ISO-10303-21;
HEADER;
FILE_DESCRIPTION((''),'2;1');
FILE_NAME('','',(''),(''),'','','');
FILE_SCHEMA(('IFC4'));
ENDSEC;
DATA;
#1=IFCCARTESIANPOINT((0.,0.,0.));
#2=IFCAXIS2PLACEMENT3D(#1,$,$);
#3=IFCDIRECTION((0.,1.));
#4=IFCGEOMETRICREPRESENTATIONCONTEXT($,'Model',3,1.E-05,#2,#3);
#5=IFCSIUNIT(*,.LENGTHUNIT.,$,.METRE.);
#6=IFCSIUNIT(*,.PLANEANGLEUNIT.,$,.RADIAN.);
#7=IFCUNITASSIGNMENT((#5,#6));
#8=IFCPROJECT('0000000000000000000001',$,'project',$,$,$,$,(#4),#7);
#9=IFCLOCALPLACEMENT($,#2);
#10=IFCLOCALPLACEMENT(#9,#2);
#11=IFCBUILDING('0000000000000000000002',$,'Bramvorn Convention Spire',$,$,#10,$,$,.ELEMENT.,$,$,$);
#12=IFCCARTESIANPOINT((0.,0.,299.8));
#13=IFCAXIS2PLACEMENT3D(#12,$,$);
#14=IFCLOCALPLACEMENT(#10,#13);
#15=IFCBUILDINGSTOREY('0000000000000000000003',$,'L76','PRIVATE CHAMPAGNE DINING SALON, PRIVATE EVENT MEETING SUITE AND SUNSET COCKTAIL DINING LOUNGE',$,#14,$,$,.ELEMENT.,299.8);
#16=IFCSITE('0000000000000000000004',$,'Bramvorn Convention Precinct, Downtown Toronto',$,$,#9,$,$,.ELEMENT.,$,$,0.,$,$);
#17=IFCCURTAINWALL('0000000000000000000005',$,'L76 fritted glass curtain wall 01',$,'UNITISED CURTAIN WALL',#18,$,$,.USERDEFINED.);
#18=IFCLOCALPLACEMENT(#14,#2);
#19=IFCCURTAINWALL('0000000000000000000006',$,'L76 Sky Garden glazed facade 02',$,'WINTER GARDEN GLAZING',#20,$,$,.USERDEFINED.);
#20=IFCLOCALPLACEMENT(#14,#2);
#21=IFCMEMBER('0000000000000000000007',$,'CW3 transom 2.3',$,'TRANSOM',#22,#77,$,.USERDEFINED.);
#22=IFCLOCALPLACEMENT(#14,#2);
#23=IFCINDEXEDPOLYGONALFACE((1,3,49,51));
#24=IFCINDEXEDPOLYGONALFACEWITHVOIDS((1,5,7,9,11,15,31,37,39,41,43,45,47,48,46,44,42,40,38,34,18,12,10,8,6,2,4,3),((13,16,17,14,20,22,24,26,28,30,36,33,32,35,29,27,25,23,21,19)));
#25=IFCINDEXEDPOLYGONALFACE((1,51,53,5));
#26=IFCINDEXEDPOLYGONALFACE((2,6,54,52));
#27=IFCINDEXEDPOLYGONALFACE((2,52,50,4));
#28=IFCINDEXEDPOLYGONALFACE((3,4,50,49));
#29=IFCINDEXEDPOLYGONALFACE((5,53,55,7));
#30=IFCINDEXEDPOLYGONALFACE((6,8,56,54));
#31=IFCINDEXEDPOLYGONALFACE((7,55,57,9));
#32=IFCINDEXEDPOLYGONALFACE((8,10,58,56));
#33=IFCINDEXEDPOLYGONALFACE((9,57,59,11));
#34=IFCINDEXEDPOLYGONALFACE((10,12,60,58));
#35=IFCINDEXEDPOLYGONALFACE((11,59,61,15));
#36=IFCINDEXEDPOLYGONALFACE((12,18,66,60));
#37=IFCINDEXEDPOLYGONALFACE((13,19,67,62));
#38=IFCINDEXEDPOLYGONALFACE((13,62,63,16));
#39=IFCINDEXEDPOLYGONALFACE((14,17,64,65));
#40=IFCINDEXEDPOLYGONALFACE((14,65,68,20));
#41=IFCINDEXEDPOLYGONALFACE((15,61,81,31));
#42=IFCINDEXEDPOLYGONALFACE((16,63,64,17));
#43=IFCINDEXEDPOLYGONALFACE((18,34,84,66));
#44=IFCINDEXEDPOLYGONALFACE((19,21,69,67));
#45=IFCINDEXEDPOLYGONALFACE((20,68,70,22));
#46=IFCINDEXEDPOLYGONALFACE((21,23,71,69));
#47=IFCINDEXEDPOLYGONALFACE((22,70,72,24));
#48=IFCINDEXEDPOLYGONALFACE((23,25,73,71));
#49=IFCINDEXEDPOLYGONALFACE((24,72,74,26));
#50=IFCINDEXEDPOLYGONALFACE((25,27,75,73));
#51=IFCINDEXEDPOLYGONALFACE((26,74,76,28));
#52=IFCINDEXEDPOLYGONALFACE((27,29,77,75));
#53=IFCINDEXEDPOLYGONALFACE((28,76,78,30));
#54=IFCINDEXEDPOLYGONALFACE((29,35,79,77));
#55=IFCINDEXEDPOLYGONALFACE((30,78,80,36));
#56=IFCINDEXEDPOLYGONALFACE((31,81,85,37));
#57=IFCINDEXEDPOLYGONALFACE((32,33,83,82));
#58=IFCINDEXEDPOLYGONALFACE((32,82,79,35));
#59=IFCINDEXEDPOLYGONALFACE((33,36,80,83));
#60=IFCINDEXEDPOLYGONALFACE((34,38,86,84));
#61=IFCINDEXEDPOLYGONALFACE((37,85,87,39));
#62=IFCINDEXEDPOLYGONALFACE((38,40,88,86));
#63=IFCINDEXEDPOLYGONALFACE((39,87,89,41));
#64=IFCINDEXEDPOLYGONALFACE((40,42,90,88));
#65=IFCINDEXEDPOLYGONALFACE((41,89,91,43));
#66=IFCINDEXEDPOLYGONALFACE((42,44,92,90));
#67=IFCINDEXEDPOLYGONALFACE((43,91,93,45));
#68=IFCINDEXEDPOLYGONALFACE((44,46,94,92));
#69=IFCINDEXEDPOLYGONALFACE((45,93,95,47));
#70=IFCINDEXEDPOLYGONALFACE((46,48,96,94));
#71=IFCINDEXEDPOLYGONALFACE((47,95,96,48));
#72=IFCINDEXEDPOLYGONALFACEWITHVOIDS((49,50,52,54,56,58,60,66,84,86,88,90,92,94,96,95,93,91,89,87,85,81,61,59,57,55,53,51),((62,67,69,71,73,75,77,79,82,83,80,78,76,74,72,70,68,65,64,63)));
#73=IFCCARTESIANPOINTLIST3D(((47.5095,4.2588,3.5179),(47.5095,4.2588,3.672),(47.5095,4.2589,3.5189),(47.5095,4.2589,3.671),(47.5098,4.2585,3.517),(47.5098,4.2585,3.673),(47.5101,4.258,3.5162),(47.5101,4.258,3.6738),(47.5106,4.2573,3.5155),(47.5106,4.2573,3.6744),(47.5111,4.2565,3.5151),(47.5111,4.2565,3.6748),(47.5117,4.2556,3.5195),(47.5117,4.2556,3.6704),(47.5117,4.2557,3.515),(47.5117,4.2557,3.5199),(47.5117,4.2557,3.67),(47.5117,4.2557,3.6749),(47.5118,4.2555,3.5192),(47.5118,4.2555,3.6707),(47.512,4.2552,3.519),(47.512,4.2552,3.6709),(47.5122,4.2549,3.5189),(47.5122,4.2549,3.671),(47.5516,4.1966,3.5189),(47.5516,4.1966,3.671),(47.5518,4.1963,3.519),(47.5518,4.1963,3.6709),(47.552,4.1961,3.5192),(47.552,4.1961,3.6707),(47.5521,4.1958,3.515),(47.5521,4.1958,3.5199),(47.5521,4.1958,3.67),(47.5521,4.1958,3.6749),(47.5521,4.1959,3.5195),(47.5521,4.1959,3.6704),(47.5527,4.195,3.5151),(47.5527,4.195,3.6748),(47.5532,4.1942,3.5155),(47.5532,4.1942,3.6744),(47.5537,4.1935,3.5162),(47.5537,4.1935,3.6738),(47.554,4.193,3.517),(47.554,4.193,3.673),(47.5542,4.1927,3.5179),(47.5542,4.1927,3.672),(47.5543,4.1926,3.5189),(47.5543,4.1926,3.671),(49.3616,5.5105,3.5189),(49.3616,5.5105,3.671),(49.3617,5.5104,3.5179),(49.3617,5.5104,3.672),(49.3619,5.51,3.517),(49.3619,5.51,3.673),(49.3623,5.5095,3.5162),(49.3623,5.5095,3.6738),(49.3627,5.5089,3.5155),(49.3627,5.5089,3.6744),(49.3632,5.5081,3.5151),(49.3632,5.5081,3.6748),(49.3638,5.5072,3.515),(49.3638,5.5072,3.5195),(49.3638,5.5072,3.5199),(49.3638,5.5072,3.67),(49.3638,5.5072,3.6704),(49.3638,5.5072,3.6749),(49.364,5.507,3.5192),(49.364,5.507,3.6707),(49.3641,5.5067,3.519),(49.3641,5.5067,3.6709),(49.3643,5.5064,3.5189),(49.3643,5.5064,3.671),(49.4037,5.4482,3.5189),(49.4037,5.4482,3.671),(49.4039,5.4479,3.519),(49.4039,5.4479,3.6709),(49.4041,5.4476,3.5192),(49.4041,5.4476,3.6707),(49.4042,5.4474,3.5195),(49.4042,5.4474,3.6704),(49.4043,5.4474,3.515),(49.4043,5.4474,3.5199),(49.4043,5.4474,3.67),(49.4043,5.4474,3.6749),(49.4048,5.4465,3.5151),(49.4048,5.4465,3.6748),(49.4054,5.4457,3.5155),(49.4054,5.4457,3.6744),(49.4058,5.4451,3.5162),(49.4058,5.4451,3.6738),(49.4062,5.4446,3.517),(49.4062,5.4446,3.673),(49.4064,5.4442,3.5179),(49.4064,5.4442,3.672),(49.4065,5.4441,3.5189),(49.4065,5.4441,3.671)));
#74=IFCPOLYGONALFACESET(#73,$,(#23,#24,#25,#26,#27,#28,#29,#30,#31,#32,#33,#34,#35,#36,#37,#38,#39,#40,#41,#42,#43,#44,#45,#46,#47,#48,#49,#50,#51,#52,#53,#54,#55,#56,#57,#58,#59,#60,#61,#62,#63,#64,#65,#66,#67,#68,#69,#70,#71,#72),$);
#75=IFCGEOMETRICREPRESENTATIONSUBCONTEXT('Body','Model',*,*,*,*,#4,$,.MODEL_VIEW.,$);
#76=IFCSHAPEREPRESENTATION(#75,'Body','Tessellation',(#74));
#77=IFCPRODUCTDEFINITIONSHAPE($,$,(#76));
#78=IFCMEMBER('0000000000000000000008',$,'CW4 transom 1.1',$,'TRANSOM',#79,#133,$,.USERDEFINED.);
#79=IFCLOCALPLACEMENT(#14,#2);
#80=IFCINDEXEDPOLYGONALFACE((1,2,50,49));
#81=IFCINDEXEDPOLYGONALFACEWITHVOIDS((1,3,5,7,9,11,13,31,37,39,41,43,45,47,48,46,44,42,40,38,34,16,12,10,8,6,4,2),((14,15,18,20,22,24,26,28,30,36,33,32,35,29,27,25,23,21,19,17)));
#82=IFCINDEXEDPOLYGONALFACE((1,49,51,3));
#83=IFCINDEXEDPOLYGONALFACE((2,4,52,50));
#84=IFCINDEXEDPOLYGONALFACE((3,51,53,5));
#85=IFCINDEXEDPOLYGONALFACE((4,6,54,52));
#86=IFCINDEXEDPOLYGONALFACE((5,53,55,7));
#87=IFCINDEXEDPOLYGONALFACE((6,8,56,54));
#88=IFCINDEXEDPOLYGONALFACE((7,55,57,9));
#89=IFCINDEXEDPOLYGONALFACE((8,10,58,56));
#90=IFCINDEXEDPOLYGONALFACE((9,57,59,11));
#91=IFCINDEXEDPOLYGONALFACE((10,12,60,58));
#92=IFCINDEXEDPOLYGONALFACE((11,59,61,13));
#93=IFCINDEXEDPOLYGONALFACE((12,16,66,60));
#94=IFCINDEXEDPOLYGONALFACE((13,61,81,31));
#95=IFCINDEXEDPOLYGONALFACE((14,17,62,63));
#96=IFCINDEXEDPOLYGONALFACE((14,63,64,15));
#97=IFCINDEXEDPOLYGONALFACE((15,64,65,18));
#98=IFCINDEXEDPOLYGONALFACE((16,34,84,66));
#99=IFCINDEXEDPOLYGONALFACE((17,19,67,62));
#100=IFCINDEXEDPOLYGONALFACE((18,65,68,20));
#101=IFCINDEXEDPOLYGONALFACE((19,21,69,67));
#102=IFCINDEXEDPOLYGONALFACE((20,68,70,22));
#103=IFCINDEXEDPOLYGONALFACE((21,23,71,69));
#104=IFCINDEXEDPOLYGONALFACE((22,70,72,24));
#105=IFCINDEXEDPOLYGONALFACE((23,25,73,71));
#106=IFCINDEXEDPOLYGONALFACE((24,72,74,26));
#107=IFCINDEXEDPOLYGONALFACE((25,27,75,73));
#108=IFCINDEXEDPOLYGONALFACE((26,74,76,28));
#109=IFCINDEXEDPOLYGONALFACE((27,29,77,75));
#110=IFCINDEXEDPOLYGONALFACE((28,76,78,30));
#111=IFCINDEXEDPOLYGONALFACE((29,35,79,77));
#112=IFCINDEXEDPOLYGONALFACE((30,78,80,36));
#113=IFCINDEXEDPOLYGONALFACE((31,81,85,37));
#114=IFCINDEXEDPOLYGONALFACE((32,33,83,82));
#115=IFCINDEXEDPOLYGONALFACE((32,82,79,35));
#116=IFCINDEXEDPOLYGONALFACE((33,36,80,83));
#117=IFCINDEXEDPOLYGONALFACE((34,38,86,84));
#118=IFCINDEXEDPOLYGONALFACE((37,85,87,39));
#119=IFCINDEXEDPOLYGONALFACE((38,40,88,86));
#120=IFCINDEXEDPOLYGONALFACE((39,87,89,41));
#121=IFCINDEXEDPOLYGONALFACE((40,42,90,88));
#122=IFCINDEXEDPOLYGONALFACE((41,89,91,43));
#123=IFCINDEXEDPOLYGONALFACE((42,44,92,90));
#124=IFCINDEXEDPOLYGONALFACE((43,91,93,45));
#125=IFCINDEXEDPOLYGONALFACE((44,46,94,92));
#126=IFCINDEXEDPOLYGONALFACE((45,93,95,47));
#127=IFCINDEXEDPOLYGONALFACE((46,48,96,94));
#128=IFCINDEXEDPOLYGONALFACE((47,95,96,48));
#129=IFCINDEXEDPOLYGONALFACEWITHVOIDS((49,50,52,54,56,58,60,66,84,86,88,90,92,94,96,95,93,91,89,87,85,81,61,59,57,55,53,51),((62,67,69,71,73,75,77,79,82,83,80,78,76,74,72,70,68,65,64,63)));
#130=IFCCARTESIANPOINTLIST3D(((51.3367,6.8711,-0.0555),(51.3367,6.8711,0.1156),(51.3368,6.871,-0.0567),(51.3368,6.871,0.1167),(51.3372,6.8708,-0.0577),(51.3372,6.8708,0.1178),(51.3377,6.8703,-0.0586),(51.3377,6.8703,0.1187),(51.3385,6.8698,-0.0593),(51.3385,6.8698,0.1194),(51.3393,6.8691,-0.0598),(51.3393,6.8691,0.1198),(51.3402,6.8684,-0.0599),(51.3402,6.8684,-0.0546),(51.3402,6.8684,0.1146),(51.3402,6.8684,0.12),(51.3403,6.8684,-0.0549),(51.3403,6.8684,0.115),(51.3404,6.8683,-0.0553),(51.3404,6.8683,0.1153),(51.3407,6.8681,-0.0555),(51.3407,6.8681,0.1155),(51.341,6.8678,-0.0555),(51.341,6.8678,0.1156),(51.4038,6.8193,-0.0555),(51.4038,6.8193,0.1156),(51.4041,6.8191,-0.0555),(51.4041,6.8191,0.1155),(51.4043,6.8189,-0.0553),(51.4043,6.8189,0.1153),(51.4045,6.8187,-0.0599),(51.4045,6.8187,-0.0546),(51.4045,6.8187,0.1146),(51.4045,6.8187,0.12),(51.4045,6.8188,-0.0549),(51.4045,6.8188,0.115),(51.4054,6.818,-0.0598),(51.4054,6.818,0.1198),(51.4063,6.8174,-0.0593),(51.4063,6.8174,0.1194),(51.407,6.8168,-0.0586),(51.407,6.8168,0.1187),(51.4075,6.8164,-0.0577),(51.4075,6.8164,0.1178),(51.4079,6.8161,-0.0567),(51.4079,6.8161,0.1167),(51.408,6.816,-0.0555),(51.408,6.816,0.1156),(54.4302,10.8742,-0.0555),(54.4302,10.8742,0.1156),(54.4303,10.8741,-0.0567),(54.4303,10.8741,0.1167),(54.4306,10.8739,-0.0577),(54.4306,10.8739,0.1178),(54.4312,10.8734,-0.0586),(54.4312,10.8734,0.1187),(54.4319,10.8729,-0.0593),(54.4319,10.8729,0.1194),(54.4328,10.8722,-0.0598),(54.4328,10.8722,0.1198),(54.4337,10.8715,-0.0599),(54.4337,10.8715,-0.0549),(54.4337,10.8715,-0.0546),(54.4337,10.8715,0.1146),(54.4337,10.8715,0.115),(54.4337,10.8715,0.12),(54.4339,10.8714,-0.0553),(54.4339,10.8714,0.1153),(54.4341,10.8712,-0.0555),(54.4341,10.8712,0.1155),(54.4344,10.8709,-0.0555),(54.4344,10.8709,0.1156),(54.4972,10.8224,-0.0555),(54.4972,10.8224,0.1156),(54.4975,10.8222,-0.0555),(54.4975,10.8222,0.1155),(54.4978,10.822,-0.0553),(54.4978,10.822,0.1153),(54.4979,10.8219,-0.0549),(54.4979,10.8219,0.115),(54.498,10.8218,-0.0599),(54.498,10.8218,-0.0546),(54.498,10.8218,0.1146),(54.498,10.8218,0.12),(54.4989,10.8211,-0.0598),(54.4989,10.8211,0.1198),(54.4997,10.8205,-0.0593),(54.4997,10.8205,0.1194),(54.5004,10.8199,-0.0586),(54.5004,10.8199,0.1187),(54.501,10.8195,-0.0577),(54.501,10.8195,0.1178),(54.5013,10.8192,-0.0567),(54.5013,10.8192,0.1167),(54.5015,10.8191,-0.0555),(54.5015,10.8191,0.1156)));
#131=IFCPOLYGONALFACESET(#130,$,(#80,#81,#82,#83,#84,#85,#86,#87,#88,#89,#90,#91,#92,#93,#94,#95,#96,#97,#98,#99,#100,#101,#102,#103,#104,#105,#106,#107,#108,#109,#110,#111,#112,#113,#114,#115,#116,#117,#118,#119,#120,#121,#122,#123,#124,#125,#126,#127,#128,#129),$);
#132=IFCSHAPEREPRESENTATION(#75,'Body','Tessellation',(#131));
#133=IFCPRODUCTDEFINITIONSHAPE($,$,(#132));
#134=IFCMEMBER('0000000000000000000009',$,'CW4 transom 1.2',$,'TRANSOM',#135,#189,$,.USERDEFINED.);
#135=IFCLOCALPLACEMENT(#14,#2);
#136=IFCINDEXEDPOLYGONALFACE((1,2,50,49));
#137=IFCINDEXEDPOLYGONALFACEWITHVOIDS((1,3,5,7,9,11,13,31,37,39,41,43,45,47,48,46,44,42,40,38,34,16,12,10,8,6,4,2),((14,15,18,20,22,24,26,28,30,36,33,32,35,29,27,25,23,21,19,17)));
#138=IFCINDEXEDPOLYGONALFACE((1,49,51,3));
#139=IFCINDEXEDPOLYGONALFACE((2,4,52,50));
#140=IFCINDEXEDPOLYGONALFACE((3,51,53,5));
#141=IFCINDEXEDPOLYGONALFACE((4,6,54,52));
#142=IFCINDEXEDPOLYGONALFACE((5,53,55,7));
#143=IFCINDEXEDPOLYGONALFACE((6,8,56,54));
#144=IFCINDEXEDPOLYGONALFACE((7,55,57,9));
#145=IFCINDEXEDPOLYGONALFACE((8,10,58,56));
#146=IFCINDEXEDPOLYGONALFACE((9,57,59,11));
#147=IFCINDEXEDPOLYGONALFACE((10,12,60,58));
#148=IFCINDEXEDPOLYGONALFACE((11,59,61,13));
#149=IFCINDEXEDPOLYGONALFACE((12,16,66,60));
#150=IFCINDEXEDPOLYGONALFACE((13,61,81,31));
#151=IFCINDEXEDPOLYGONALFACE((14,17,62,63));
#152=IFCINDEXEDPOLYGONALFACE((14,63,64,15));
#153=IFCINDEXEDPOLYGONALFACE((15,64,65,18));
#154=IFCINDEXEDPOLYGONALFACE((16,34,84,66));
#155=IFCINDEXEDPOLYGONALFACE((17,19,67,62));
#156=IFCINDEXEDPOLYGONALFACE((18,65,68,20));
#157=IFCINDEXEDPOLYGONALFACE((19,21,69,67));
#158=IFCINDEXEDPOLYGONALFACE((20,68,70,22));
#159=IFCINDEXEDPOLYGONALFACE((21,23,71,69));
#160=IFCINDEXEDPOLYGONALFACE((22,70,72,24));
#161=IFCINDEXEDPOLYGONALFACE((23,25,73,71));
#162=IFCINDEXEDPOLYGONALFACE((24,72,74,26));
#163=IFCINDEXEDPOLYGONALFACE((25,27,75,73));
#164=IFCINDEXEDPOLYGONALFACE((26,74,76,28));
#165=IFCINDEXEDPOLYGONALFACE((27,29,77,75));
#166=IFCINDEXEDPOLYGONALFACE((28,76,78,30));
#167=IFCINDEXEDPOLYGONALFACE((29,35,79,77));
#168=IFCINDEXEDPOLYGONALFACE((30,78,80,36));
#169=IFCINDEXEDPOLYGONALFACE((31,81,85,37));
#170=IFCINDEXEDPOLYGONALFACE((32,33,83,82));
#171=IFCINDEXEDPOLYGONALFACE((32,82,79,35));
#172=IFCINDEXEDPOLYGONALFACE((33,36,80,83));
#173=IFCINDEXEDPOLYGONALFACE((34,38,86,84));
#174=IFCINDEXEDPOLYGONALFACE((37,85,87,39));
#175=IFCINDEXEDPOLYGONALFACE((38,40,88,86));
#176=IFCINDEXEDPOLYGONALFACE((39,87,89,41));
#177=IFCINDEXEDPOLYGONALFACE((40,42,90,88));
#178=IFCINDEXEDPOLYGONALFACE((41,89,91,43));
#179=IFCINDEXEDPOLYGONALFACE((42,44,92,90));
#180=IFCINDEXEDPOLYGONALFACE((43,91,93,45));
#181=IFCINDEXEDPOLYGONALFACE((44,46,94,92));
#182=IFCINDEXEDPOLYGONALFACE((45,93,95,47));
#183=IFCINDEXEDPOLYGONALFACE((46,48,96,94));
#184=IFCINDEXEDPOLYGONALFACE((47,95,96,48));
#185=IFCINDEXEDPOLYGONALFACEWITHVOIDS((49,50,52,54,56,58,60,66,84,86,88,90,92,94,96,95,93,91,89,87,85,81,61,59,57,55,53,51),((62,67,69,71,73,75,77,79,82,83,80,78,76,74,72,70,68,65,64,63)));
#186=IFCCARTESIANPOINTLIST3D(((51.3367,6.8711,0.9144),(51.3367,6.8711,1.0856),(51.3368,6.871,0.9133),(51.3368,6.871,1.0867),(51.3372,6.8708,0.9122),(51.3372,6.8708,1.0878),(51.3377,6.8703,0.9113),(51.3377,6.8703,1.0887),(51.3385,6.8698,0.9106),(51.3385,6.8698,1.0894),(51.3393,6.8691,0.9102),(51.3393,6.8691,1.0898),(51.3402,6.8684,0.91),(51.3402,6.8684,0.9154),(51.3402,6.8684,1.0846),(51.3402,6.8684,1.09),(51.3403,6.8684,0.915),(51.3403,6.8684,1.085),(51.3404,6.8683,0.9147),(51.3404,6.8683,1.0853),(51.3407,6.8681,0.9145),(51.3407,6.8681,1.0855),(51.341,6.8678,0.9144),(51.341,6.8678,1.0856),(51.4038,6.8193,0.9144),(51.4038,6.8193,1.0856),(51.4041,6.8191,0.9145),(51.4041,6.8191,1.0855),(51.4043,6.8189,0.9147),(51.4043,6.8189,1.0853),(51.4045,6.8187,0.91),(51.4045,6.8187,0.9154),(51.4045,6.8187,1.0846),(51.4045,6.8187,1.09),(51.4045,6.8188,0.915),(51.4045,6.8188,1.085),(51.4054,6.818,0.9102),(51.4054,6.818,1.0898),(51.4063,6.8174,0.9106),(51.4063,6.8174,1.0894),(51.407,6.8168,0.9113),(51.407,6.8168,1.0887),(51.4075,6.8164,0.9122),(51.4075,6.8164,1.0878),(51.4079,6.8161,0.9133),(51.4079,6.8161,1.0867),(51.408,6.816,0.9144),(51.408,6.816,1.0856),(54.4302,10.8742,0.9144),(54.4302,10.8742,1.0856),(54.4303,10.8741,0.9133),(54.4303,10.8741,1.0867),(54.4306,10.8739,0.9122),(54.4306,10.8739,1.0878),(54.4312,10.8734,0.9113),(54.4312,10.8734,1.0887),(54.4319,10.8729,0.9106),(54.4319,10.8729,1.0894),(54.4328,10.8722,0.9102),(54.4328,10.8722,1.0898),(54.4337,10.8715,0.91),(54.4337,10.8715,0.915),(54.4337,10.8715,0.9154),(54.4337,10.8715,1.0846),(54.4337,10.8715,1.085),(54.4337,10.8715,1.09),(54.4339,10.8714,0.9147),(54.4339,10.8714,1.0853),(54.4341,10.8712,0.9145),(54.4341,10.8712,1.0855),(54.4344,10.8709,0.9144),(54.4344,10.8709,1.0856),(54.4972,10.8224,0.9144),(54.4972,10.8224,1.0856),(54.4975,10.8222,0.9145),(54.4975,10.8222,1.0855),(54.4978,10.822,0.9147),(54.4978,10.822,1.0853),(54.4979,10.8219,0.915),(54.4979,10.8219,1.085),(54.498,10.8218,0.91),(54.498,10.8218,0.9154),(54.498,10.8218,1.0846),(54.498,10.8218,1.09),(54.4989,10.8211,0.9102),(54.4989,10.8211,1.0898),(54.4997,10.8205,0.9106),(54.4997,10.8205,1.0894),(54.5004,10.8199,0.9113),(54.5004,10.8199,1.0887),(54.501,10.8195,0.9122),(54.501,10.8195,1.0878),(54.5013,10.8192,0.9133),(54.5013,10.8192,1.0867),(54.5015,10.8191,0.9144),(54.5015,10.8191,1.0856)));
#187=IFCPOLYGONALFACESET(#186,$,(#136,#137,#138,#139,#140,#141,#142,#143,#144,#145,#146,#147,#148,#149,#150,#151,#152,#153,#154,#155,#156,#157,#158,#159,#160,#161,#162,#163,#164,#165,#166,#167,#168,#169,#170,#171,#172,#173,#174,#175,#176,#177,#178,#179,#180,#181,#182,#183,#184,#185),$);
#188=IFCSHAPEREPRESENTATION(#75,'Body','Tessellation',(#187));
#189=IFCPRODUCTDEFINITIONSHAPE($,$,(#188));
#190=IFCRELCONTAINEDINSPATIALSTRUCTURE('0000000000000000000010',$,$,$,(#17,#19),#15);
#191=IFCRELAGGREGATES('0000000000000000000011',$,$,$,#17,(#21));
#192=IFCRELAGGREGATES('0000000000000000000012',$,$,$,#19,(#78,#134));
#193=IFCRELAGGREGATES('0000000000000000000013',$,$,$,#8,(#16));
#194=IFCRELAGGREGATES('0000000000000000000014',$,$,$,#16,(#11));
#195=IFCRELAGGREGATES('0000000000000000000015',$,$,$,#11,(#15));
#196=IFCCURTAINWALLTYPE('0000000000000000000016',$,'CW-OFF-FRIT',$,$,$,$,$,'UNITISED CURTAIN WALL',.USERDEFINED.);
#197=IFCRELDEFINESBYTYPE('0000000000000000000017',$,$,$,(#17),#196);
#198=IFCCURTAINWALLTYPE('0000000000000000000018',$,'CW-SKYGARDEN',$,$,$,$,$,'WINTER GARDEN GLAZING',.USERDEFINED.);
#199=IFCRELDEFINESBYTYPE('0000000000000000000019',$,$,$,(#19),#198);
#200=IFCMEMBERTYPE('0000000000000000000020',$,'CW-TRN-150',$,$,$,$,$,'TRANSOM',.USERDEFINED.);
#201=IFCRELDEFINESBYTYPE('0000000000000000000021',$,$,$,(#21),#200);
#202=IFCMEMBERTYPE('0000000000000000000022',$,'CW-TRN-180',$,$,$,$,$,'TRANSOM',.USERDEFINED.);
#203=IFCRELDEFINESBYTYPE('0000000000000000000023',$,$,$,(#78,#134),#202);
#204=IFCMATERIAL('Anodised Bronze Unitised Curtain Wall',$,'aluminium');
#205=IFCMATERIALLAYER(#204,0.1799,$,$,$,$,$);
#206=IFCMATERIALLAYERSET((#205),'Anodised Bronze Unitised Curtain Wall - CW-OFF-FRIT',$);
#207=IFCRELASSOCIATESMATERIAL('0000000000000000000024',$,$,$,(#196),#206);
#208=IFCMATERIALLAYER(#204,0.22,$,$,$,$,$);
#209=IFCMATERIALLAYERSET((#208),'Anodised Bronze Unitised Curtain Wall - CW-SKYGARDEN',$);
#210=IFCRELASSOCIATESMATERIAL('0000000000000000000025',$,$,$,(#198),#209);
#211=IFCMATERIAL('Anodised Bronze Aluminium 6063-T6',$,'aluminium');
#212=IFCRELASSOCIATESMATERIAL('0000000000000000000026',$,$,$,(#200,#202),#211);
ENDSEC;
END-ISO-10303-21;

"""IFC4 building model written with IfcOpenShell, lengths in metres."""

from ifc_helpers import new_model, si_unit, direction, frame, origin, origin_2d, place, context, subcontext, project, spatial, hollow_rectangle, extrude, material, layer, layer_set, material_profile, profile_set, type_object, element, aggregate, save


model = new_model("IFC4")

# Units and contexts
model_context = context("Model", 3, precision=1e-05, world=origin(), true_north=direction((0.0, 1.0)))
body_context = subcontext(model_context, "Body", "Model", "MODEL_VIEW")
ifc_project = project(units=[si_unit("LENGTHUNIT", "METRE"), si_unit("PLANEANGLEUNIT", "RADIAN")], contexts=[model_context])

# Site, building, storey
site_placement = place(None, origin())
site = spatial("IfcSite", under=ifc_project, at=site_placement, Name="Bramvorn Convention Precinct, Downtown Toronto", CompositionType="ELEMENT", RefElevation=0.0)
building_placement = place(site_placement, origin())
building = spatial("IfcBuilding", under=site, at=building_placement, Name="Bramvorn Convention Spire", CompositionType="ELEMENT")
storey_placement = place(building_placement, frame((0.0, 0.0, 299.8)))
storey = spatial("IfcBuildingStorey", under=building, at=storey_placement, Name="L76", Description="PRIVATE CHAMPAGNE DINING SALON, PRIVATE EVENT MEETING SUITE AND SUNSET COCKTAIL DINING LOUNGE", CompositionType="ELEMENT", Elevation=299.8)

# Curtain walls
ifc_material_1 = material(Name="Anodised Bronze Unitised Curtain Wall", Category="aluminium")
ifc_layer_1 = layer(ifc_material_1, 0.1799)
ifc_layer_set_1 = layer_set([ifc_layer_1], Name="Anodised Bronze Unitised Curtain Wall - CW-OFF-FRIT")
curtain_wall_type_1 = type_object("IfcCurtainWallType", Name="CW-OFF-FRIT", ElementType="UNITISED CURTAIN WALL", PredefinedType="USERDEFINED", material=ifc_layer_set_1)
curtain_wall_1_placement = place(storey_placement, origin())
curtain_wall_1 = element("IfcCurtainWall", 1, at=curtain_wall_1_placement, inside=storey, type_object=curtain_wall_type_1, Name="L76 fritted glass curtain wall 01", ObjectType="UNITISED CURTAIN WALL", PredefinedType="USERDEFINED")
ifc_material_2 = material(Name="Anodised Bronze Aluminium 6063-T6", Category="aluminium")
ifc_layer_2 = layer(ifc_material_1, 0.22)
ifc_layer_set_2 = layer_set([ifc_layer_2], Name="Anodised Bronze Unitised Curtain Wall - CW-SKYGARDEN")
curtain_wall_type_2 = type_object("IfcCurtainWallType", Name="CW-SKYGARDEN", ElementType="WINTER GARDEN GLAZING", PredefinedType="USERDEFINED", material=ifc_layer_set_2)
curtain_wall_2_placement = place(storey_placement, origin())
curtain_wall_2 = element("IfcCurtainWall", 2, at=curtain_wall_2_placement, inside=storey, type_object=curtain_wall_type_2, Name="L76 Sky Garden glazed facade 02", ObjectType="WINTER GARDEN GLAZING", PredefinedType="USERDEFINED")

# Members
ifc_material_profile_1 = material_profile(ifc_material_2, hollow_rectangle(XDim=0.0801, YDim=0.1599, WallThickness=0.0039, InnerFilletRadius=0.001, OuterFilletRadius=0.0039, at=origin_2d()))
ifc_profile_set_1 = profile_set([ifc_material_profile_1], Name="Anodised Bronze Aluminium 6063-T6 - CWT80X160")
member_type_1 = type_object("IfcMemberType", Name="CW-TRN-150", ElementType="TRANSOM", PredefinedType="USERDEFINED", material=ifc_profile_set_1)
member_1_placement = place(storey_placement, frame((49.384, 5.4773, 3.595), z_axis=(-0.828573, -0.559882, 0.0), x_axis=(0.559882, -0.828573, 0.0)))
member_1 = element("IfcMember", 3, at=member_1_placement, type_object=member_type_1, Name="CW3 transom 2.3", ObjectType="TRANSOM", PredefinedType="USERDEFINED", context=body_context, shape_type="SweptSolid", body=[
    extrude(hollow_rectangle(XDim=0.0801, YDim=0.1599, WallThickness=0.0039, InnerFilletRadius=0.001, OuterFilletRadius=0.0039, at=origin_2d()), origin(), (0.0, 0.0, 1.0), 2.2354),
])
ifc_material_profile_2 = material_profile(ifc_material_2, hollow_rectangle(XDim=0.0901, YDim=0.1799, WallThickness=0.0044, InnerFilletRadius=0.001, OuterFilletRadius=0.0044, at=origin_2d()))
ifc_profile_set_2 = profile_set([ifc_material_profile_2], Name="Anodised Bronze Aluminium 6063-T6 - CWT90X180")
member_type_2 = type_object("IfcMemberType", Name="CW-TRN-180", ElementType="TRANSOM", PredefinedType="USERDEFINED", material=ifc_profile_set_2)
member_2_placement = place(storey_placement, frame((54.4658, 10.8467, 0.03), z_axis=(-0.611465, -0.791271, 0.0), x_axis=(0.791271, -0.611465, 0.0)))
member_2 = element("IfcMember", 4, at=member_2_placement, type_object=member_type_2, Name="CW4 transom 1.1", ObjectType="TRANSOM", PredefinedType="USERDEFINED", context=body_context, shape_type="SweptSolid", body=[
    extrude(hollow_rectangle(XDim=0.0901, YDim=0.1799, WallThickness=0.0044, InnerFilletRadius=0.001, OuterFilletRadius=0.0044, at=origin_2d()), origin(), (0.0, 0.0, 1.0), 5.0591),
])
member_3_placement = place(storey_placement, frame((54.4658, 10.8467, 1.0), z_axis=(-0.611465, -0.791271, 0.0), x_axis=(0.791271, -0.611465, 0.0)))
member_3 = element("IfcMember", 5, at=member_3_placement, type_object=member_type_2, Name="CW4 transom 1.2", ObjectType="TRANSOM", PredefinedType="USERDEFINED", context=body_context, shape_type="SweptSolid", body=[
    extrude(hollow_rectangle(XDim=0.0901, YDim=0.1799, WallThickness=0.0044, InnerFilletRadius=0.001, OuterFilletRadius=0.0044, at=origin_2d()), origin(), (0.0, 0.0, 1.0), 5.0591),
])

aggregate(curtain_wall_1, [member_1])
aggregate(curtain_wall_2, [member_2, member_3])

save(model, "model.ifc")
